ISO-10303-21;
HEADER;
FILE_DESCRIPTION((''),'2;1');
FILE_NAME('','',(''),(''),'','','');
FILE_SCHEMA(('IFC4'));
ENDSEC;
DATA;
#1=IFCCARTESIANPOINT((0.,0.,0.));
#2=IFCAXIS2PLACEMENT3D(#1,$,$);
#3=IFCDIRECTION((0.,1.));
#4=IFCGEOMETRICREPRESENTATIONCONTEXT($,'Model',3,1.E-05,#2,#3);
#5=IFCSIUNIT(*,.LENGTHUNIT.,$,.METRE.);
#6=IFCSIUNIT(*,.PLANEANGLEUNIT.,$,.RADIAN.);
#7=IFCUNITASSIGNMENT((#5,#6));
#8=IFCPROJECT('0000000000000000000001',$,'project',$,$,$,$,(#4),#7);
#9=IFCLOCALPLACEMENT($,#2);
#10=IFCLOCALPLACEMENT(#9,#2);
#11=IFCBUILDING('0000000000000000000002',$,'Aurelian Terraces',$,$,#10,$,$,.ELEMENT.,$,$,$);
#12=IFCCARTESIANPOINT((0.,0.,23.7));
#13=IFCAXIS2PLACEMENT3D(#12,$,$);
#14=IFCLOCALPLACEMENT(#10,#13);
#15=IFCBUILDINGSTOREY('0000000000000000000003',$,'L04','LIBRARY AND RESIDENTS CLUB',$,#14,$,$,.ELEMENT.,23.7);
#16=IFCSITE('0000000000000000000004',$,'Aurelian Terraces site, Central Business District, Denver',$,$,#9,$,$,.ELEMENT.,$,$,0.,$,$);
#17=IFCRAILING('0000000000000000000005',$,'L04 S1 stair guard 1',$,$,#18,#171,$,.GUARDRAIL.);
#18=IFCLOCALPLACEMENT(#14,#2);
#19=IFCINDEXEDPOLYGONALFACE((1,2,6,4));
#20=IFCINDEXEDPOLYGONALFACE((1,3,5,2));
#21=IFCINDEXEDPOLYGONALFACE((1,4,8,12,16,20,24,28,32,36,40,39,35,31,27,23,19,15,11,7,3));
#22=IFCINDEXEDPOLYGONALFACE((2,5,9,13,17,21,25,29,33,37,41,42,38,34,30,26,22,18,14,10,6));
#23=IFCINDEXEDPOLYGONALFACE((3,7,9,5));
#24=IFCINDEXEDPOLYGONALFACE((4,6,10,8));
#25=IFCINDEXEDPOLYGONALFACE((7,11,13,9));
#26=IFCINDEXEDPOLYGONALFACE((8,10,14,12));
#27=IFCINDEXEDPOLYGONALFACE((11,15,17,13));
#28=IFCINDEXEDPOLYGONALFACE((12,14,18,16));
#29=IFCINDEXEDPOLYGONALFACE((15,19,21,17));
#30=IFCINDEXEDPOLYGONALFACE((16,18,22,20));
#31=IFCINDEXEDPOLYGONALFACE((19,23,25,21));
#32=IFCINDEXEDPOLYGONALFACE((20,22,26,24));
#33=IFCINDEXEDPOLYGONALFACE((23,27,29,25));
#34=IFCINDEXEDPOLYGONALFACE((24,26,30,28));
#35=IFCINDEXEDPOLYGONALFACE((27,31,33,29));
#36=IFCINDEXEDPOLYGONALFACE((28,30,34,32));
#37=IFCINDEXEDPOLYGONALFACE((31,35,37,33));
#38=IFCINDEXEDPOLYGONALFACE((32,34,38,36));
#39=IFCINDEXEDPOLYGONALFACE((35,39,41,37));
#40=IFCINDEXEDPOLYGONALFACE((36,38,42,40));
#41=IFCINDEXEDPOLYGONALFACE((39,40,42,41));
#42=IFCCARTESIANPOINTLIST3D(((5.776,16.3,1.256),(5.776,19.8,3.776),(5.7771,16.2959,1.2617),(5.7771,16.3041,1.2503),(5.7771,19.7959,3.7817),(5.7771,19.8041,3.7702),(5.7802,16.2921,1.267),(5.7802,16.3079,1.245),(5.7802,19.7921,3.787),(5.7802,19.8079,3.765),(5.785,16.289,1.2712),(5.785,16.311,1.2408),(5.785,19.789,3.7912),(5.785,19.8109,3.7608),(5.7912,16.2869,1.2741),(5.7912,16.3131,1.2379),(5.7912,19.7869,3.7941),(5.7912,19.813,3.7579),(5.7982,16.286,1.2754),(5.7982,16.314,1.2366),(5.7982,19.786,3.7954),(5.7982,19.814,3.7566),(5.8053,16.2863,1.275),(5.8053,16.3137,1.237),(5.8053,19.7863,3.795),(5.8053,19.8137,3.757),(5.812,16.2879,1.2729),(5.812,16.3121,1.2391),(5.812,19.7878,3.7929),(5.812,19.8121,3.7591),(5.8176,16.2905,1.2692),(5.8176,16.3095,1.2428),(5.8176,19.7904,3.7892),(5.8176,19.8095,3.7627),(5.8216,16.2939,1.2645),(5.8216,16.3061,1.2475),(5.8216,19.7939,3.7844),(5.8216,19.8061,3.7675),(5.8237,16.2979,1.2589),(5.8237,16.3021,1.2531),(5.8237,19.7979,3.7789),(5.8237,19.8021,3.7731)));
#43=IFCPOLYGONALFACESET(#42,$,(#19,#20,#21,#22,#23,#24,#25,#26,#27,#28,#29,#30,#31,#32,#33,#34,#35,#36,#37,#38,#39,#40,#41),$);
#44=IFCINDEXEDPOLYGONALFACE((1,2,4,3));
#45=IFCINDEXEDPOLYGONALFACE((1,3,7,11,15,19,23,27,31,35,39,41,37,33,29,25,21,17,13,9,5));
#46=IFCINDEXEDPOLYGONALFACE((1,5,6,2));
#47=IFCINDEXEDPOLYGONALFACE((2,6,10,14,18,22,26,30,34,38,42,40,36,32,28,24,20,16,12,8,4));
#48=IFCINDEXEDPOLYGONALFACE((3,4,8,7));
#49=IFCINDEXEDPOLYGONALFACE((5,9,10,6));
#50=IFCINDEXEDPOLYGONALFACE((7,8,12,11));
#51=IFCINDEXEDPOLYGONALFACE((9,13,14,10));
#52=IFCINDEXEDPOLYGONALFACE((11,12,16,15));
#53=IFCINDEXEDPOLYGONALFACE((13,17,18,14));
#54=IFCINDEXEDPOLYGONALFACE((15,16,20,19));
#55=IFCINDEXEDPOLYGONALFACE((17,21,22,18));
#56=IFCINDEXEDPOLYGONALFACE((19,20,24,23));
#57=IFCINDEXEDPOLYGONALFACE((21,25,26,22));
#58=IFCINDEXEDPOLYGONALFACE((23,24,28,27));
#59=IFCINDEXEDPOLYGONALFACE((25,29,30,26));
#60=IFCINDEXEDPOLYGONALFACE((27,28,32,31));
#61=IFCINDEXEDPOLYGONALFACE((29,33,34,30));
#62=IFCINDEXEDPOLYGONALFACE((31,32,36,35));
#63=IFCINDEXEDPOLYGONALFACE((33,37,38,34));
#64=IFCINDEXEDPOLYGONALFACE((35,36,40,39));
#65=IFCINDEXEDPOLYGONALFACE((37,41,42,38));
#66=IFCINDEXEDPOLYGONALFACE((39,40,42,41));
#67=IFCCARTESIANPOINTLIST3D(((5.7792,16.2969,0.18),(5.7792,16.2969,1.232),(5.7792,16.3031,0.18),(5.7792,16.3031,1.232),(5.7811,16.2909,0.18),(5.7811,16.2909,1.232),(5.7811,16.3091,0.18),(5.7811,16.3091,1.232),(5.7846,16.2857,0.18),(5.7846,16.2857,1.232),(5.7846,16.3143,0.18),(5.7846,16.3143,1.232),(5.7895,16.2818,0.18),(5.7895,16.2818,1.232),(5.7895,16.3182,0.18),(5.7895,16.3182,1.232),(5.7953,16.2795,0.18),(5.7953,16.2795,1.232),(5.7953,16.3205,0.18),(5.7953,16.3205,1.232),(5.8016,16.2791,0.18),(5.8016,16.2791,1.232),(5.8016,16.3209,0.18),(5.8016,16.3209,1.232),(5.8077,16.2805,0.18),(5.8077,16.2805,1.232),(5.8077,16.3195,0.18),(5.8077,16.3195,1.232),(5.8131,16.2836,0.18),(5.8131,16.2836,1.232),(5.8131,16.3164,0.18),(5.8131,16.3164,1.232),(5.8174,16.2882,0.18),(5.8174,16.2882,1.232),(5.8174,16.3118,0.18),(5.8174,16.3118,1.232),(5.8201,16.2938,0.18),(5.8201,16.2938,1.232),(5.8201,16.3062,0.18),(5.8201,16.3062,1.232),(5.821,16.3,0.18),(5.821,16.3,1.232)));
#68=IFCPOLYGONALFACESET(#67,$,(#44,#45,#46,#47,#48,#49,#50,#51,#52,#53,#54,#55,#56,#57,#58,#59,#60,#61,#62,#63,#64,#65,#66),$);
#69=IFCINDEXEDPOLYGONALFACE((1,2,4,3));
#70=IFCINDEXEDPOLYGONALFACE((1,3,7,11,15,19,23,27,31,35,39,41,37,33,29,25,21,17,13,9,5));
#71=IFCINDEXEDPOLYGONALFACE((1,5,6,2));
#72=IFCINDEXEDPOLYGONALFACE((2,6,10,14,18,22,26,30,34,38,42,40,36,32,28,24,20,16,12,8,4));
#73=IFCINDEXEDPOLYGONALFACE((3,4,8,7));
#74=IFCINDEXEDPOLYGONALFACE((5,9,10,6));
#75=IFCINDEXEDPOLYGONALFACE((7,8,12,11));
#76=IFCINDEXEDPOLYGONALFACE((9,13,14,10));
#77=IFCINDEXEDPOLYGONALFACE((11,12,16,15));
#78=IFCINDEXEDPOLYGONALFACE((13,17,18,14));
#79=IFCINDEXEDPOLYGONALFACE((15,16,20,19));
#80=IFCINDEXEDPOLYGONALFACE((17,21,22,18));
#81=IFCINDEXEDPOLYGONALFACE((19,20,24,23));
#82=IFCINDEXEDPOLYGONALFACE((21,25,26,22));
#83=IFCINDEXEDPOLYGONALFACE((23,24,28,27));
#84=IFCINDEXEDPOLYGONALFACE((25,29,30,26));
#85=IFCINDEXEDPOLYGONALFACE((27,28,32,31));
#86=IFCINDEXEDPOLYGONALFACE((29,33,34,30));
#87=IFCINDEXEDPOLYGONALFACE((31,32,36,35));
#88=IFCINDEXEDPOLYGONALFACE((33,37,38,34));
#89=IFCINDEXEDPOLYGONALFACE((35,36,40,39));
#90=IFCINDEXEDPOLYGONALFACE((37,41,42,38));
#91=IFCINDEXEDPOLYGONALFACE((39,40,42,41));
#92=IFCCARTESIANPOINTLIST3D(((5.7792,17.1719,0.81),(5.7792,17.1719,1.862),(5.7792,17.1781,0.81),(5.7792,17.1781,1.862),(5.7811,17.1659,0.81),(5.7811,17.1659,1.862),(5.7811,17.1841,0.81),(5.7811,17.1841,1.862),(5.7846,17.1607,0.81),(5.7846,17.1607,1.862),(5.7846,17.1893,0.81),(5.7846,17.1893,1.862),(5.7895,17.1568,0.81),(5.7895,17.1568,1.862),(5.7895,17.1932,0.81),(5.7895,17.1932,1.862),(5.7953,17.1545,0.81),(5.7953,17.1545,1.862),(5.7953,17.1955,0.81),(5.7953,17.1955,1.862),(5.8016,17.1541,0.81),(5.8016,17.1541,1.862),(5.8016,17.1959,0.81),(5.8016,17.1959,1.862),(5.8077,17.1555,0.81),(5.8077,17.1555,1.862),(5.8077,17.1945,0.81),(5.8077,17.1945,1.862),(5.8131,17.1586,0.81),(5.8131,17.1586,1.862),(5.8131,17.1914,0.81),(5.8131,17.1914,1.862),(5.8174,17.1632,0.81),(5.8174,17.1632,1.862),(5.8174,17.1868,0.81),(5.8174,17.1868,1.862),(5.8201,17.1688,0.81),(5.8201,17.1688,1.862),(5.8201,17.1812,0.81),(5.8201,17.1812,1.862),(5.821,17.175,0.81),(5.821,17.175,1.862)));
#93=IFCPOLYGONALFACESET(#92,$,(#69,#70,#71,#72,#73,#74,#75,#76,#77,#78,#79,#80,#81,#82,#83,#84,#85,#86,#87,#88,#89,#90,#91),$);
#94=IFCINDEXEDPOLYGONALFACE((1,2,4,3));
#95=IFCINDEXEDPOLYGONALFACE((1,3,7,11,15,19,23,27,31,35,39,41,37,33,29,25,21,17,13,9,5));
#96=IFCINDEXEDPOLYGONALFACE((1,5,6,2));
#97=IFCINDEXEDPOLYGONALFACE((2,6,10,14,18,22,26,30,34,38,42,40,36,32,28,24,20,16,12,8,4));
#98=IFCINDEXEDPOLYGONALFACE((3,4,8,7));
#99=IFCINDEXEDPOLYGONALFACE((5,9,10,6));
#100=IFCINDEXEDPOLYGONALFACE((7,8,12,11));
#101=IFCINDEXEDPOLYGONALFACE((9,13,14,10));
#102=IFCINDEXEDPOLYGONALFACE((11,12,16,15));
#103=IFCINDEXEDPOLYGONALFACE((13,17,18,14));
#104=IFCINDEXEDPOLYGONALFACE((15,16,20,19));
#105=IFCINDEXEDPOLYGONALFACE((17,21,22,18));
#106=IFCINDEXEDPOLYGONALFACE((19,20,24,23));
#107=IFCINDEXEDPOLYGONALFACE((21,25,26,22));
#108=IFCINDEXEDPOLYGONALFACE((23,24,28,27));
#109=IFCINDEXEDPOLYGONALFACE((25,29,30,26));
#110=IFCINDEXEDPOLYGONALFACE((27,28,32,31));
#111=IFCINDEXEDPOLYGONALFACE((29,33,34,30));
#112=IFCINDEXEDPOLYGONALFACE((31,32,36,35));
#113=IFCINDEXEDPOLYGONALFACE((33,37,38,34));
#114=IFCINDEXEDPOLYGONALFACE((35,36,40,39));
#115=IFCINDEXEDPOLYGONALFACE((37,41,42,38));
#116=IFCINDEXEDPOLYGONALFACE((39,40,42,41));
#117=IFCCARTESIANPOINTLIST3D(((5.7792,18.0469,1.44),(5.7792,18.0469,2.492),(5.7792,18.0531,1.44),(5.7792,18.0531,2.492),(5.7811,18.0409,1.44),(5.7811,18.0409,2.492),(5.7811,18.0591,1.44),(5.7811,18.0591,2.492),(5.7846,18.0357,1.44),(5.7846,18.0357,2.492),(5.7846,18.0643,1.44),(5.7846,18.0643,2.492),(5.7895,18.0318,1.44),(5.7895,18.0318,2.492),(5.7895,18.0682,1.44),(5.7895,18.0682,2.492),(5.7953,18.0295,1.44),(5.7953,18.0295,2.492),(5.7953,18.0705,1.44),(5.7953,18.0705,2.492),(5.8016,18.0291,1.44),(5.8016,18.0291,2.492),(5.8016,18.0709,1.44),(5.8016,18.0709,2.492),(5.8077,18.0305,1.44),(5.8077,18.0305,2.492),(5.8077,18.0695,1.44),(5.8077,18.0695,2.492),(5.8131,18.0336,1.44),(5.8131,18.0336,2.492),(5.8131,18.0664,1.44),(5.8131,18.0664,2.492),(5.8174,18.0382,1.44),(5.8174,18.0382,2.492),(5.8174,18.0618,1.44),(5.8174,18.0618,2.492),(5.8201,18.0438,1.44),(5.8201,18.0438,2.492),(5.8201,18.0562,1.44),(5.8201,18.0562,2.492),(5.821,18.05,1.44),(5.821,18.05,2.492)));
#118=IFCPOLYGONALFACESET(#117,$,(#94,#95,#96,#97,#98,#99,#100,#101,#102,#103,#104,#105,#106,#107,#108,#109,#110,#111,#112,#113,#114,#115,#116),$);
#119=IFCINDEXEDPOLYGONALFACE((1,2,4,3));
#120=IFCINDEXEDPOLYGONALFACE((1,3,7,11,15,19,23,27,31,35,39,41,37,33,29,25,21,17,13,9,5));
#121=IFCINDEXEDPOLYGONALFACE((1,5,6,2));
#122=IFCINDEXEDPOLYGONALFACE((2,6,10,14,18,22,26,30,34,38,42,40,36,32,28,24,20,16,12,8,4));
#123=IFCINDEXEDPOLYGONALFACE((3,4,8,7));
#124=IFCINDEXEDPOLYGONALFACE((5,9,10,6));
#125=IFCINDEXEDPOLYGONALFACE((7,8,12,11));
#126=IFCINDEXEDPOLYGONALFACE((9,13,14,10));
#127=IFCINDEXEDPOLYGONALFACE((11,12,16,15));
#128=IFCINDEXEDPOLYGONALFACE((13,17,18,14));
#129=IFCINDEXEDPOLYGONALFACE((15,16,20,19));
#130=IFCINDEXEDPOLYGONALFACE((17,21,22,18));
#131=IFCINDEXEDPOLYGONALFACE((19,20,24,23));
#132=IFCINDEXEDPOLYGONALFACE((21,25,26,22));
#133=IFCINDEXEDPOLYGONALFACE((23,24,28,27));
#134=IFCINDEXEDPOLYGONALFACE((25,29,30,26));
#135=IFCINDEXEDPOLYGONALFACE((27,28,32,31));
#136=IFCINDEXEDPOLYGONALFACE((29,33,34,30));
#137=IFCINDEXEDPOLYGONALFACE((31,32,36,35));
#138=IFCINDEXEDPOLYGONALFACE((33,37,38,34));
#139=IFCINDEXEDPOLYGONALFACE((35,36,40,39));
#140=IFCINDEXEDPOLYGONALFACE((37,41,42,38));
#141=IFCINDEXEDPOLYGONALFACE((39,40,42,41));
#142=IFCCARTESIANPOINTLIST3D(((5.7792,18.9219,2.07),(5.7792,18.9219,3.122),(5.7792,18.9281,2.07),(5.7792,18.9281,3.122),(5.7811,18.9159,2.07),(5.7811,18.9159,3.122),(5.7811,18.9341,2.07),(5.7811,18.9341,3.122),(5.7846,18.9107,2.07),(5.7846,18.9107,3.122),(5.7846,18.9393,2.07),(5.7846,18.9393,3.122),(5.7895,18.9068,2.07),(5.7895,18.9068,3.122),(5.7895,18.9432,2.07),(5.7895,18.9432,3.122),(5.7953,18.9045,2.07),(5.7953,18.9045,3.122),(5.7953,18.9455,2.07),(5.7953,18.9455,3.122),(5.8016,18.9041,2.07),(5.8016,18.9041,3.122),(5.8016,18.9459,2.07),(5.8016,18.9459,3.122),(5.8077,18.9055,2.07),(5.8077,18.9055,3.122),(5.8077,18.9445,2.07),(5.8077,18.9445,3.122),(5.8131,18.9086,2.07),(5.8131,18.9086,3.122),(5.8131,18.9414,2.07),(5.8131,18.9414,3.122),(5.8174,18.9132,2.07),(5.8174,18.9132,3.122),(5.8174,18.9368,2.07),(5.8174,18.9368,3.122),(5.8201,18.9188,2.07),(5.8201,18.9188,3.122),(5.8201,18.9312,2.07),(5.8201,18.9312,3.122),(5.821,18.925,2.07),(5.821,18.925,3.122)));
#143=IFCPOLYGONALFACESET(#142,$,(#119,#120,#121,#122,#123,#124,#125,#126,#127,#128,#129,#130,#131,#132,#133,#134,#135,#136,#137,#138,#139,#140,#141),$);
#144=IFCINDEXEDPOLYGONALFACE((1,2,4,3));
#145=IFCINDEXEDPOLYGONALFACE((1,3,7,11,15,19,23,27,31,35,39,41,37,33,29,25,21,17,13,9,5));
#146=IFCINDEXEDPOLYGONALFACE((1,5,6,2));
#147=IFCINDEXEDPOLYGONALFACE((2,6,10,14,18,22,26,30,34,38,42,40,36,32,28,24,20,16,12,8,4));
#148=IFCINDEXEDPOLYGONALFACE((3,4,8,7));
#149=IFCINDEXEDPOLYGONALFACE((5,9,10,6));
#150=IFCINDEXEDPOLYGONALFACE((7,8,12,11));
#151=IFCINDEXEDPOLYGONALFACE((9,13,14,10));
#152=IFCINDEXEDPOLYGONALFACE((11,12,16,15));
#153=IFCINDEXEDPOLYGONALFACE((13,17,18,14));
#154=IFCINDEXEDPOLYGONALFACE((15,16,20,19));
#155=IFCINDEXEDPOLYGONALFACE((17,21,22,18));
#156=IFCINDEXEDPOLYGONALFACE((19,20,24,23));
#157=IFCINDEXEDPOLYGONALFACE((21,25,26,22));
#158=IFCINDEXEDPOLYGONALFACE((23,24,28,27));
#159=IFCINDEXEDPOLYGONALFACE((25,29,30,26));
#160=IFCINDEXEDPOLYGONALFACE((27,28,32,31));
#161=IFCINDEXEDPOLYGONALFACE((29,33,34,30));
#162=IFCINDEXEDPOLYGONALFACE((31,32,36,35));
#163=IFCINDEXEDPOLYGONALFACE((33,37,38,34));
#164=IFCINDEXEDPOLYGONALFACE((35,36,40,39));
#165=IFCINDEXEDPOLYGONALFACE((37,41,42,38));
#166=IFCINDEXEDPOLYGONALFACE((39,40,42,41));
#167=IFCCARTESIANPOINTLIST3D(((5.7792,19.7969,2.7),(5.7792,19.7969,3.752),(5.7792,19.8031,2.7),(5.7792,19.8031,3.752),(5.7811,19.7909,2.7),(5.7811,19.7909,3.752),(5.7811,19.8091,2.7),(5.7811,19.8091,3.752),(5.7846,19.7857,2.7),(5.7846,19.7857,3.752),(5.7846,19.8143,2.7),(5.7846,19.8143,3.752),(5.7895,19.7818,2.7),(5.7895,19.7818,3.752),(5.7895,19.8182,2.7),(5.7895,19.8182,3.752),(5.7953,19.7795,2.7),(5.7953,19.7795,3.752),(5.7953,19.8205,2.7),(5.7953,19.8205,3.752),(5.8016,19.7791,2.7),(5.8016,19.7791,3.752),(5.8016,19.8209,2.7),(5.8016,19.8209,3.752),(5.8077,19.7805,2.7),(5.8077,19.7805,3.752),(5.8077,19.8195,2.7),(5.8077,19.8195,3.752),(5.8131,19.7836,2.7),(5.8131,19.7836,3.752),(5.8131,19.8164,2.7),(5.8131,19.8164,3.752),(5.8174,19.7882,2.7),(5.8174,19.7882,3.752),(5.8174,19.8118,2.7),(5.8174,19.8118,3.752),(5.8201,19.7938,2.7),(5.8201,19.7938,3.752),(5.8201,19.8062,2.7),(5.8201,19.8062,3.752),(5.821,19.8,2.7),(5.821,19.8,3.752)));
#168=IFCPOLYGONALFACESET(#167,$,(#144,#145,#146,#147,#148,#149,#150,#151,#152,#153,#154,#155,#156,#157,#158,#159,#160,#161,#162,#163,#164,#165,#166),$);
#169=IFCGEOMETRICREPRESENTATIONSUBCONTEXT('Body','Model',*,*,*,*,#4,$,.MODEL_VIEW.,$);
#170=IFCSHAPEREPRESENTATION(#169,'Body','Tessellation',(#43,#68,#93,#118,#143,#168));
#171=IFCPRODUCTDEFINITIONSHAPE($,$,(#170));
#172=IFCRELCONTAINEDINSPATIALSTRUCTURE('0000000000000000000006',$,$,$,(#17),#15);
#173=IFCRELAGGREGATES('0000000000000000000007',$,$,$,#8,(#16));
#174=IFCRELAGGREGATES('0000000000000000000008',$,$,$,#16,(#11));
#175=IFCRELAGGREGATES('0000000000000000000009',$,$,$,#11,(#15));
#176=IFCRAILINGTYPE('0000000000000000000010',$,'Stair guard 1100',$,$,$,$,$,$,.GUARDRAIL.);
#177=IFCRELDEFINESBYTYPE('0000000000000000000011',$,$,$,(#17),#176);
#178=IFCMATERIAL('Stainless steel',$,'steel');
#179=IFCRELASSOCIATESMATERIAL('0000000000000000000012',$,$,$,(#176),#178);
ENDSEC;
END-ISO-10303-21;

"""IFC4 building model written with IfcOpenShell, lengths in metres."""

from ifc_helpers import new_model, si_unit, direction, frame, origin, origin_2d, place, context, subcontext, project, spatial, circle, extrude, source, transform, mapped, material, type_object, element, save


model = new_model("IFC4")

# Units and contexts
model_context = context("Model", 3, precision=1e-05, world=origin(), true_north=direction((0.0, 1.0)))
body_context = subcontext(model_context, "Body", "Model", "MODEL_VIEW")
ifc_project = project(units=[si_unit("LENGTHUNIT", "METRE"), si_unit("PLANEANGLEUNIT", "RADIAN")], contexts=[model_context])

# Site, building, storey
site_placement = place(None, origin())
site = spatial("IfcSite", under=ifc_project, at=site_placement, Name="Aurelian Terraces site, Central Business District, Denver", CompositionType="ELEMENT", RefElevation=0.0)
building_placement = place(site_placement, origin())
building = spatial("IfcBuilding", under=site, at=building_placement, Name="Aurelian Terraces", CompositionType="ELEMENT")
storey_placement = place(building_placement, frame((0.0, 0.0, 23.7)))
storey = spatial("IfcBuildingStorey", under=building, at=storey_placement, Name="L04", Description="LIBRARY AND RESIDENTS CLUB", CompositionType="ELEMENT", Elevation=23.7)

# Railing
ifc_material_1 = material(Name="Stainless steel", Category="steel")
railing_type_1 = type_object("IfcRailingType", Name="Stair guard 1100", PredefinedType="GUARDRAIL", material=ifc_material_1)
shared_shape_1 = source(origin(), body_context, "Body", "SweptSolid", [
    extrude(circle(Radius=0.024, at=origin_2d()), frame((0.0, 0.0, 1.076), z_axis=(0.0, 0.811534, 0.584305), x_axis=(-1.0, 0.0, 0.0)), (0.0, 0.0, 1.0), 4.3128),
    extrude(circle(Radius=0.021, at=origin_2d()), origin(), (0.0, 0.0, 1.0), 1.052),
    extrude(circle(Radius=0.021, at=origin_2d()), frame((0.0, 0.875, 0.63)), (0.0, 0.0, 1.0), 1.052),
    extrude(circle(Radius=0.021, at=origin_2d()), frame((0.0, 1.75, 1.26)), (0.0, 0.0, 1.0), 1.052),
    extrude(circle(Radius=0.021, at=origin_2d()), frame((0.0, 2.625, 1.89)), (0.0, 0.0, 1.0), 1.052),
    extrude(circle(Radius=0.021, at=origin_2d()), frame((0.0, 3.5, 2.52)), (0.0, 0.0, 1.0), 1.052),
])
railing_1_placement = place(storey_placement, frame((5.8, 16.3, 0.18)))
element("IfcRailing", 1, at=railing_1_placement, inside=storey, type_object=railing_type_1, Name="L04 S1 stair guard 1", PredefinedType="GUARDRAIL", context=body_context, shape_type="MappedRepresentation", body=[
    mapped(shared_shape_1, transform((0.0, 0.0, 0.0), scale=1.0)),
])

save(model, "model.ifc")
